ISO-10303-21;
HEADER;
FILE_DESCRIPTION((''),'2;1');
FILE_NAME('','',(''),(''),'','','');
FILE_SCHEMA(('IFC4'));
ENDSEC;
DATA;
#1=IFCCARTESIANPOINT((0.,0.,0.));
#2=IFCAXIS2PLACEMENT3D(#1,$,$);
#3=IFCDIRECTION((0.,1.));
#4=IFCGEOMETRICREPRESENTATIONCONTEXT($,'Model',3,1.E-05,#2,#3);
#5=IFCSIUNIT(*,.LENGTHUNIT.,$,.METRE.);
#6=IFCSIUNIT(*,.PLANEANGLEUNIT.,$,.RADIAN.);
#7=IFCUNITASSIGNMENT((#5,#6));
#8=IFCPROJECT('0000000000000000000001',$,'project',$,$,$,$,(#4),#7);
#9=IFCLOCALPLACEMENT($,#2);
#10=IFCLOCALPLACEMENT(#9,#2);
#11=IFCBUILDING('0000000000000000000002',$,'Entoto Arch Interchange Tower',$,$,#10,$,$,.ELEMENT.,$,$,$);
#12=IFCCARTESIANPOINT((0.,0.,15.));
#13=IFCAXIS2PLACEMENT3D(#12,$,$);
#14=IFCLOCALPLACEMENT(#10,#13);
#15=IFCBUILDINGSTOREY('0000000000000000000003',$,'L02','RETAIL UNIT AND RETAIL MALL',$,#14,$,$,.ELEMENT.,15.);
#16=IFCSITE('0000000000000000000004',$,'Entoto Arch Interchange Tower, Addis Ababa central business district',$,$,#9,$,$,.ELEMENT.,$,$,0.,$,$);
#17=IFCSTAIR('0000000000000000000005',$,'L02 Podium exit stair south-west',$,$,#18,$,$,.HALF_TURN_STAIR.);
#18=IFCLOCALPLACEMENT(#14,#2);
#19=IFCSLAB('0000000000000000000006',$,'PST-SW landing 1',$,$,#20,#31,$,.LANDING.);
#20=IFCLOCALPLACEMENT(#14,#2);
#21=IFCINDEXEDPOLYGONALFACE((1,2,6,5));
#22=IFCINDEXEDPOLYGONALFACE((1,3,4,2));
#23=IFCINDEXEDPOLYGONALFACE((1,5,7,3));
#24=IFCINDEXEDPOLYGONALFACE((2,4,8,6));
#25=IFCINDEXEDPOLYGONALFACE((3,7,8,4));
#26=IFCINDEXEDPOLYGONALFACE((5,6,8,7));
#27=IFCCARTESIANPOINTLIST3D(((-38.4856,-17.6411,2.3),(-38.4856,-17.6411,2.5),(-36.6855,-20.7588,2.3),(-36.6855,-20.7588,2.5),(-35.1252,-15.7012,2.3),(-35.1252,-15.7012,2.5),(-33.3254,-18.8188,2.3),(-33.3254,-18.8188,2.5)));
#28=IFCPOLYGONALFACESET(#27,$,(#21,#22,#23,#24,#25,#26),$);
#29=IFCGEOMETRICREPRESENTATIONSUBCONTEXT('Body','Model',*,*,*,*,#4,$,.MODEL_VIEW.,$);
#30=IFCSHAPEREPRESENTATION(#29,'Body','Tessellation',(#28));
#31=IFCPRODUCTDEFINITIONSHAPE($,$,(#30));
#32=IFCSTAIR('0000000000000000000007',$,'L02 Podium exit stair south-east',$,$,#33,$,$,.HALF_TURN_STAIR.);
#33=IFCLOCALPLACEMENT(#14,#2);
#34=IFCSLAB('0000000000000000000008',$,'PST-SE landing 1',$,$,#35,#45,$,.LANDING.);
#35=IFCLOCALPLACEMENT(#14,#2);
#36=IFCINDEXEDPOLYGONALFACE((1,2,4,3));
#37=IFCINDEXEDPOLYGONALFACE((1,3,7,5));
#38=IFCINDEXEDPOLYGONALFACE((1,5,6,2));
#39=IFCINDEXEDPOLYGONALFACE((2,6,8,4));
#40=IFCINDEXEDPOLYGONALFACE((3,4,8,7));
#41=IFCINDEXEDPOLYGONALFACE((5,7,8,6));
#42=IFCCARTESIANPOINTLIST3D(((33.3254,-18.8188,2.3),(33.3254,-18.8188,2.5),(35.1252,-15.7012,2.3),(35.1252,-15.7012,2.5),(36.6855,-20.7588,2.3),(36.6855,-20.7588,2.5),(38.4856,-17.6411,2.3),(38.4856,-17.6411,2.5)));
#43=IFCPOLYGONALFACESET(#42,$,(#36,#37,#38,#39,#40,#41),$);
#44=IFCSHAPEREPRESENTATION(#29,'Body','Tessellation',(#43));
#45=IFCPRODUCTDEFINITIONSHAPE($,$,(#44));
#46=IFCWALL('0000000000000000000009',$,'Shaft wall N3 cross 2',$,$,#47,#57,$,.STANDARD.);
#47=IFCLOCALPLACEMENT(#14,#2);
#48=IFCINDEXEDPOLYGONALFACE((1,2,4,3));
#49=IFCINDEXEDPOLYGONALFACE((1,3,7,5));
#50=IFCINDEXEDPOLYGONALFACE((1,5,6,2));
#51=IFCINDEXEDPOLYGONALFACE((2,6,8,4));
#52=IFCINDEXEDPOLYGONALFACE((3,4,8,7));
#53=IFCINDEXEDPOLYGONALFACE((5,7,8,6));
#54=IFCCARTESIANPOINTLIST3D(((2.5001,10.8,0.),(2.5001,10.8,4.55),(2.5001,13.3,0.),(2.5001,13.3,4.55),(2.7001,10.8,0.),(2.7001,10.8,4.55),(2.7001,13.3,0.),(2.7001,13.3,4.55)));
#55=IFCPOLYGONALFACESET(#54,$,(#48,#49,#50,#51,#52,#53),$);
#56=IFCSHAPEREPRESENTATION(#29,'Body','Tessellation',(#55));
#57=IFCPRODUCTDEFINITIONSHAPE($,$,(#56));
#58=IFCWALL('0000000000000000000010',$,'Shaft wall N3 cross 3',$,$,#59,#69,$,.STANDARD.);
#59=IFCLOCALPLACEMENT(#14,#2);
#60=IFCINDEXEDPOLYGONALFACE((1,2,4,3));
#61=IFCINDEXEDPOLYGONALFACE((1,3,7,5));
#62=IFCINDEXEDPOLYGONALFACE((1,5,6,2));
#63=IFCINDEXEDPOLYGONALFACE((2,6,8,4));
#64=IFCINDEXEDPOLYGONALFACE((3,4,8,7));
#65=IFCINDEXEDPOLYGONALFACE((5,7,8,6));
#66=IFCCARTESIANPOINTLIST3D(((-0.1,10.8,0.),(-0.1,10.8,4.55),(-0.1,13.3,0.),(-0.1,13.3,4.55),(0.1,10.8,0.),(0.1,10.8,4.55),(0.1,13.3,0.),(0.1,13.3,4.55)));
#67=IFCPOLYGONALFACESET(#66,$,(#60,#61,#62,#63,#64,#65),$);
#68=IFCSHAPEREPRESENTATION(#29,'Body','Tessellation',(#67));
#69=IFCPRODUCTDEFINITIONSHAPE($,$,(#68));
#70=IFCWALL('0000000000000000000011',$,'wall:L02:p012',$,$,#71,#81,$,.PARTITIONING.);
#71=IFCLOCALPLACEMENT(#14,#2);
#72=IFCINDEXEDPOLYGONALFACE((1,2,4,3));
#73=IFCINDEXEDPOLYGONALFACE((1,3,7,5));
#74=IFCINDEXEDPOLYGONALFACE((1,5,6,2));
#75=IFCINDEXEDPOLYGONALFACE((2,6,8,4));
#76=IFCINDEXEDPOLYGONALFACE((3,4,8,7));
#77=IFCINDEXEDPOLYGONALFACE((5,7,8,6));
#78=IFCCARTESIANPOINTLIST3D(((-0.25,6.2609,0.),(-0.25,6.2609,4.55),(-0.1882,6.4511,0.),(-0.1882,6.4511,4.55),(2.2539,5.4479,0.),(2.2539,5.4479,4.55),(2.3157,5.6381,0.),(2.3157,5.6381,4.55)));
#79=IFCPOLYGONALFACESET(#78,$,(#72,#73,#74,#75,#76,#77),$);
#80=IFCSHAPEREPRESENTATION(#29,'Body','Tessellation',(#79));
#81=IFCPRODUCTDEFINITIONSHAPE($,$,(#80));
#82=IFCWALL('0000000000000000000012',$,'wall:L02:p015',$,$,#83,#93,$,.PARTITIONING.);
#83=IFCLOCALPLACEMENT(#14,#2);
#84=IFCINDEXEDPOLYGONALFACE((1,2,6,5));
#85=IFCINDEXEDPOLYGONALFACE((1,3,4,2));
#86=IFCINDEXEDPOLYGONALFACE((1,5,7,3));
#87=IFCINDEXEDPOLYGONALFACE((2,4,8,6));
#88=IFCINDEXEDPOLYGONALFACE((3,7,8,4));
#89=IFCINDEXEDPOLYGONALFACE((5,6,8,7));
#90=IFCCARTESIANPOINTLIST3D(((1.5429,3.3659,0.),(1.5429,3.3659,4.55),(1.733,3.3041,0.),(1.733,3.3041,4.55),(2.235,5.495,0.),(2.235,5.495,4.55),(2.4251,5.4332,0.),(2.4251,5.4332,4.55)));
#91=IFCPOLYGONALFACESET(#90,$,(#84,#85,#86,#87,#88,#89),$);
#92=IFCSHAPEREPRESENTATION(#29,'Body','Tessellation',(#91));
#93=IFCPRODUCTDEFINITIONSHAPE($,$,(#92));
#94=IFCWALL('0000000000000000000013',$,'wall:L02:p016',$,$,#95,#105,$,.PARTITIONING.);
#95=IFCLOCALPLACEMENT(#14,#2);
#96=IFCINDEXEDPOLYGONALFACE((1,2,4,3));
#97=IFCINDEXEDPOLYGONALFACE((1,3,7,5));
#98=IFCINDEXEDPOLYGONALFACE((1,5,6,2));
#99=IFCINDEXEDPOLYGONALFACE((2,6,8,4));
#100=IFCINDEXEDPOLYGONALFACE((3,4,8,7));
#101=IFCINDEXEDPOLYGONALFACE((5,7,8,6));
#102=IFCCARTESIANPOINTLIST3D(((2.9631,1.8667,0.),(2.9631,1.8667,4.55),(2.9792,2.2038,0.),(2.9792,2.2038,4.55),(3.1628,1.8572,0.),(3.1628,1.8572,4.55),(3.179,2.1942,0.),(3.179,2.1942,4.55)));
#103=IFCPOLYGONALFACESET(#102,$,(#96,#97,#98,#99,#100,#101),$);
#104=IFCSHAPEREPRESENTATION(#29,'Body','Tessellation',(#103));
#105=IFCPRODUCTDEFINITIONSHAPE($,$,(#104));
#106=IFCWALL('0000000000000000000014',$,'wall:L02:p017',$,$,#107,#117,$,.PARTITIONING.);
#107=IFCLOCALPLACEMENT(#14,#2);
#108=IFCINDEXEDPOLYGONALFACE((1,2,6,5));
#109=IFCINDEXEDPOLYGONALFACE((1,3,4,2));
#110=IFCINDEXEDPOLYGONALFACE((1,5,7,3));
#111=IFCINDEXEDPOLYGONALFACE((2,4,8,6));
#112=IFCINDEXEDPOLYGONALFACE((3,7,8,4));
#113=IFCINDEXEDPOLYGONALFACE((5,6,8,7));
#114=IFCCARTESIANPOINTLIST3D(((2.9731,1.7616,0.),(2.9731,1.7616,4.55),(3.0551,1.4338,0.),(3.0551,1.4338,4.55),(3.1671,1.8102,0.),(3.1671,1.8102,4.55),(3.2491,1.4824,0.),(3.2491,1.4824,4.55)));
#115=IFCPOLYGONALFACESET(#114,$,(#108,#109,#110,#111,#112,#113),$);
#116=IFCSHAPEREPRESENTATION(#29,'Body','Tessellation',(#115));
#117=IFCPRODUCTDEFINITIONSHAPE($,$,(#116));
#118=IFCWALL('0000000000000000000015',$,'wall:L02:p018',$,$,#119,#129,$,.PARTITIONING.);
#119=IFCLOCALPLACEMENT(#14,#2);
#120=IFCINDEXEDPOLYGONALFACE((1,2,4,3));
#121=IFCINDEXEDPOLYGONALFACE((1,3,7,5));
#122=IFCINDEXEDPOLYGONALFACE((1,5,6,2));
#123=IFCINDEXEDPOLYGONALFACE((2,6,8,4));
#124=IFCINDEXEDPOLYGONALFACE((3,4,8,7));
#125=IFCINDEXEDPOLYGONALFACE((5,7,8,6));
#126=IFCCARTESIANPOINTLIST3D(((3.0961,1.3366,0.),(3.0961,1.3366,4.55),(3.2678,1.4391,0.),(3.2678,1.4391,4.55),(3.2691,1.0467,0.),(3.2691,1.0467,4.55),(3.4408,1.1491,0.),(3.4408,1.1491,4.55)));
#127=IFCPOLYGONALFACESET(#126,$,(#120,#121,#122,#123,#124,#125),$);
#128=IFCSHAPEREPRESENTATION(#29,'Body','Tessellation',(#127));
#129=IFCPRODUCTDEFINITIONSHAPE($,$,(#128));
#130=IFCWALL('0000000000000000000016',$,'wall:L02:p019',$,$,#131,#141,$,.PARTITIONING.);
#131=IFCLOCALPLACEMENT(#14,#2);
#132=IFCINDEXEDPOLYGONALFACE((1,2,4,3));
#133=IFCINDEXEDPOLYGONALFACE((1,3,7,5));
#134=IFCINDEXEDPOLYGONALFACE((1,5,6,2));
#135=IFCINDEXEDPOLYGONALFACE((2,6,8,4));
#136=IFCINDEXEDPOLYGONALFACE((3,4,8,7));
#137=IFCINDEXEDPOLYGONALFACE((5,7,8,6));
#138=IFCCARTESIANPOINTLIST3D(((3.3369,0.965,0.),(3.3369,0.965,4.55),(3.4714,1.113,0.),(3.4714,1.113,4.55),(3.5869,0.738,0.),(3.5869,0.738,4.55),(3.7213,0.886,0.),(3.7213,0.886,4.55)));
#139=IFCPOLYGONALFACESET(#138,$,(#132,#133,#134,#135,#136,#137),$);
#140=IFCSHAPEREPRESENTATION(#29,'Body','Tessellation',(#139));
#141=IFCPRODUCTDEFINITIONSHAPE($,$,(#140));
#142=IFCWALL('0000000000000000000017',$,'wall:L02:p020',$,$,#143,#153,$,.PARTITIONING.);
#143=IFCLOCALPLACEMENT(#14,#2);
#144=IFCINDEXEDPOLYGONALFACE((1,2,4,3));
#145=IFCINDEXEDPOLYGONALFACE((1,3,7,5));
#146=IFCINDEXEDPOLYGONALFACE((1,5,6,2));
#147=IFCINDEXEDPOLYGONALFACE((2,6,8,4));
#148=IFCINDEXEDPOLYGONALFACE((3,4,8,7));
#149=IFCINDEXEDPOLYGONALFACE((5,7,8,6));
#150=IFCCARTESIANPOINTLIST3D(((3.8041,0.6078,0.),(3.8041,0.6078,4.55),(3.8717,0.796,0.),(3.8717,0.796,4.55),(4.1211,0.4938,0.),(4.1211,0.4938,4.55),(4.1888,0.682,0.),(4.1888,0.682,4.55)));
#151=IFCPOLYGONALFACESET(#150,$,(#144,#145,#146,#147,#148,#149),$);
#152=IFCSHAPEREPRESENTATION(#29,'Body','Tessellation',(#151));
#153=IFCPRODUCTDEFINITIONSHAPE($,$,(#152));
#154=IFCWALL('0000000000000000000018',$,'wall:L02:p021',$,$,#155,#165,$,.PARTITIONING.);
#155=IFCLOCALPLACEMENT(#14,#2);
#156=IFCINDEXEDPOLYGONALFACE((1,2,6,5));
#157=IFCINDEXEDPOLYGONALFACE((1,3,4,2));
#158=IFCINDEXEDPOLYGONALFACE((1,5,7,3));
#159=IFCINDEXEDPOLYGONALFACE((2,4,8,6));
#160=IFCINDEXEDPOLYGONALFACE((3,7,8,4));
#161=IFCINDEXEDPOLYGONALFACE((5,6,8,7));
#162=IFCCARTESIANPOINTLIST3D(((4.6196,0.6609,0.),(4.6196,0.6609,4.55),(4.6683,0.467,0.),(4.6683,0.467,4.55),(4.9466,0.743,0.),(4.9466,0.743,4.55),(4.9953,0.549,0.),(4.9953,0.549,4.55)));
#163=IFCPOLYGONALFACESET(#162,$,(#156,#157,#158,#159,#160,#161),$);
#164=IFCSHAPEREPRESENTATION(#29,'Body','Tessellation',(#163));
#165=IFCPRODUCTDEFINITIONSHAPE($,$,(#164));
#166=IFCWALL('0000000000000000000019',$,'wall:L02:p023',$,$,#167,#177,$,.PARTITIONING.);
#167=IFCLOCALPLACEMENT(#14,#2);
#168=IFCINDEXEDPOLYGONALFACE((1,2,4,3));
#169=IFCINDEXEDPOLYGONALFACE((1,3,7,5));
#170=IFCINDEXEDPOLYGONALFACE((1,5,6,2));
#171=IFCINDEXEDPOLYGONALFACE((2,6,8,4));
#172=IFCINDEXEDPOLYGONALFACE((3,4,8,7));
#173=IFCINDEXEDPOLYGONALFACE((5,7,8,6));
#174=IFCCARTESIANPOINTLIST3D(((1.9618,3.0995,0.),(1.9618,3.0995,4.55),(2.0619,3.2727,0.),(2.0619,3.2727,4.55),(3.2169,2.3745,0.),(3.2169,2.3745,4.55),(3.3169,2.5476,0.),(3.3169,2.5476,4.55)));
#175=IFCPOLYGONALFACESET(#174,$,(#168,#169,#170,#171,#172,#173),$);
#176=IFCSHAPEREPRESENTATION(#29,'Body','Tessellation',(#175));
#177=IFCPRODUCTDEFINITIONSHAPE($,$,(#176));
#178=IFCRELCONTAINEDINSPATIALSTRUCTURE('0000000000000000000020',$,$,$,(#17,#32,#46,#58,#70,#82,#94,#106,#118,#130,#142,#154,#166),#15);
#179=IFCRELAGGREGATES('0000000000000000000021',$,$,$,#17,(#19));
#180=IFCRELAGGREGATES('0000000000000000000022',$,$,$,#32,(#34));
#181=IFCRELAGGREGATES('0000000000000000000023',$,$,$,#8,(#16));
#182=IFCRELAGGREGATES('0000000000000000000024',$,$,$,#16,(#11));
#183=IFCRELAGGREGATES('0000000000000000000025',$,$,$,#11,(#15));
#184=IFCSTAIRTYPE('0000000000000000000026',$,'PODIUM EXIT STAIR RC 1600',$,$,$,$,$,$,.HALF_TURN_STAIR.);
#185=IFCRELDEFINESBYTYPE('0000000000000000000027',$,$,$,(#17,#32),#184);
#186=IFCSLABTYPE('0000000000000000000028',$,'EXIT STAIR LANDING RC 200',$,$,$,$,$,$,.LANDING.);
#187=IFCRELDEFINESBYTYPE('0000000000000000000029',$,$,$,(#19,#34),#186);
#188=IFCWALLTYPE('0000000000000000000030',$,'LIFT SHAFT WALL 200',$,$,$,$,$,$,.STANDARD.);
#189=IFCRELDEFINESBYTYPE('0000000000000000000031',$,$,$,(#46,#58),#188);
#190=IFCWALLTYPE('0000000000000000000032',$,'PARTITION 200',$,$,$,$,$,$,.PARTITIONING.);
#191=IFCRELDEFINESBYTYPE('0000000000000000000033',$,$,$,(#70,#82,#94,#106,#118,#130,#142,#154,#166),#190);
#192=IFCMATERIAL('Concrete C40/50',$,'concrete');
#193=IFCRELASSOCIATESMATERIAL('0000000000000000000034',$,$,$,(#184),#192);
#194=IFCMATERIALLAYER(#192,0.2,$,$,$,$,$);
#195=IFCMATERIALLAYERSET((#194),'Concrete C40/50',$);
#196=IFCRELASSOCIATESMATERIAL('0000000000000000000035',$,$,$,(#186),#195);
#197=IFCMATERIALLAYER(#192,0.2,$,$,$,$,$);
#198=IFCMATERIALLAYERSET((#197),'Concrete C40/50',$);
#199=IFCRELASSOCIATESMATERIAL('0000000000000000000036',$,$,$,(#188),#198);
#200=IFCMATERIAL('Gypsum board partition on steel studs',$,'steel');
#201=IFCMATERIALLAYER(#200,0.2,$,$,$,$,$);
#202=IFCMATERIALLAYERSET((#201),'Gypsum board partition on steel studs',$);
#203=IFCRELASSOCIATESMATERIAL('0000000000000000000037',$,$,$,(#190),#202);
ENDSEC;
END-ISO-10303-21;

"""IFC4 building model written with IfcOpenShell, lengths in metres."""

from ifc_helpers import new_model, si_unit, direction, frame, frame_2d, origin, place, context, subcontext, project, spatial, polyline, rectangle, outline, extrude, material, layer, layer_set, type_object, element, aggregate, save


model = new_model("IFC4")

# Units and contexts
model_context = context("Model", 3, precision=1e-05, world=origin(), true_north=direction((0.0, 1.0)))
body_context = subcontext(model_context, "Body", "Model", "MODEL_VIEW")
ifc_project = project(units=[si_unit("LENGTHUNIT", "METRE"), si_unit("PLANEANGLEUNIT", "RADIAN")], contexts=[model_context])

# Site, building, storey
site_placement = place(None, origin())
site = spatial("IfcSite", under=ifc_project, at=site_placement, Name="Entoto Arch Interchange Tower, Addis Ababa central business district", CompositionType="ELEMENT", RefElevation=0.0)
building_placement = place(site_placement, origin())
building = spatial("IfcBuilding", under=site, at=building_placement, Name="Entoto Arch Interchange Tower", CompositionType="ELEMENT")
storey_placement = place(building_placement, frame((0.0, 0.0, 15.0)))
storey = spatial("IfcBuildingStorey", under=building, at=storey_placement, Name="L02", Description="RETAIL UNIT AND RETAIL MALL", CompositionType="ELEMENT", Elevation=15.0)

# Stairs, slabs
ifc_material_1 = material(Name="Concrete C40/50", Category="concrete")
stair_type = type_object("IfcStairType", Name="PODIUM EXIT STAIR RC 1600", PredefinedType="HALF_TURN_STAIR", material=ifc_material_1)
stair_1_placement = place(storey_placement, origin())
stair_1 = element("IfcStair", 1, at=stair_1_placement, inside=storey, type_object=stair_type, Name="L02 Podium exit stair south-west", PredefinedType="HALF_TURN_STAIR")
ifc_layer_1 = layer(ifc_material_1, 0.2)
ifc_layer_set_1 = layer_set([ifc_layer_1], Name="Concrete C40/50")
slab_type = type_object("IfcSlabType", Name="EXIT STAIR LANDING RC 200", PredefinedType="LANDING", material=ifc_layer_set_1)
slab_1_placement = place(storey_placement, frame((0.0, 0.0, 2.3)))
slab_1 = element("IfcSlab", 2, at=slab_1_placement, type_object=slab_type, Name="PST-SW landing 1", PredefinedType="LANDING", context=body_context, shape_type="SweptSolid", body=[
    extrude(outline(polyline([(-35.1252, -15.7012), (-38.4856, -17.6411), (-36.6855, -20.7588), (-33.3254, -18.8188), (-35.1252, -15.7012)])), origin(), (0.0, 0.0, 1.0), 0.2),
])
aggregate(stair_1, [slab_1])
stair_2_placement = place(storey_placement, origin())
stair_2 = element("IfcStair", 3, at=stair_2_placement, inside=storey, type_object=stair_type, Name="L02 Podium exit stair south-east", PredefinedType="HALF_TURN_STAIR")
slab_2_placement = place(storey_placement, frame((0.0, 0.0, 2.3)))
slab_2 = element("IfcSlab", 4, at=slab_2_placement, type_object=slab_type, Name="PST-SE landing 1", PredefinedType="LANDING", context=body_context, shape_type="SweptSolid", body=[
    extrude(outline(polyline([(33.3254, -18.8188), (36.6855, -20.7588), (38.4856, -17.6411), (35.1252, -15.7012), (33.3254, -18.8188)])), origin(), (0.0, 0.0, 1.0), 0.2),
])
aggregate(stair_2, [slab_2])

# Walls
ifc_layer_2 = layer(ifc_material_1, 0.2)
ifc_layer_set_2 = layer_set([ifc_layer_2], Name="Concrete C40/50")
wall_type_1 = type_object("IfcWallType", Name="LIFT SHAFT WALL 200", PredefinedType="STANDARD", material=ifc_layer_set_2)
for number, where, z_axis, x_axis, name in (
    (5, (2.6001, 10.8, 0.0), (0.0, 0.0, 1.0), (0.0, 1.0, 0.0), "Shaft wall N3 cross 2"),
    (6, (0.0, 10.8, 0.0), (0.0, 0.0, 1.0), (0.0, 1.0, 0.0), "Shaft wall N3 cross 3"),
):
    element("IfcWall", number, at=place(storey_placement, frame(where, z_axis=z_axis, x_axis=x_axis)), inside=storey, type_object=wall_type_1, Name=name, PredefinedType="STANDARD", context=body_context, shape_type="SweptSolid", body=[
        extrude(rectangle(XDim=2.5, YDim=0.2, at=frame_2d((1.25, 0.0))), origin(), (0.0, 0.0, 1.0), 4.55),
    ])
ifc_material_2 = material(Name="Gypsum board partition on steel studs", Category="steel")
ifc_layer_3 = layer(ifc_material_2, 0.2)
ifc_layer_set_3 = layer_set([ifc_layer_3], Name="Gypsum board partition on steel studs")
wall_type_2 = type_object("IfcWallType", Name="PARTITION 200", PredefinedType="PARTITIONING", material=ifc_layer_set_3)
wall_1_placement = place(storey_placement, frame((2.2849, 5.543, 0.0), z_axis=(0.0, 0.0, 1.0), x_axis=(-0.951121, 0.308818, 0.0)))
element("IfcWall", 7, at=wall_1_placement, inside=storey, type_object=wall_type_2, Name="wall:L02:p012", PredefinedType="PARTITIONING", context=body_context, shape_type="SweptSolid", body=[
    extrude(rectangle(XDim=2.6326, YDim=0.2, at=frame_2d((1.3164, 0.0))), origin(), (0.0, 0.0, 1.0), 4.55),
])
wall_2_placement = place(storey_placement, frame((1.6379, 3.335, 0.0), z_axis=(0.0, 0.0, 1.0), x_axis=(0.309153, 0.951012, 0.0)))
element("IfcWall", 8, at=wall_2_placement, inside=storey, type_object=wall_type_2, Name="wall:L02:p015", PredefinedType="PARTITIONING", context=body_context, shape_type="SweptSolid", body=[
    extrude(rectangle(XDim=2.2388, YDim=0.2, at=frame_2d((1.1194, 0.0))), origin(), (0.0, 0.0, 1.0), 4.55),
])
wall_3_placement = place(storey_placement, frame((3.0791, 2.199, 0.0), z_axis=(0.0, 0.0, 1.0), x_axis=(-0.047771, -0.998858, 0.0)))
element("IfcWall", 9, at=wall_3_placement, inside=storey, type_object=wall_type_2, Name="wall:L02:p016", PredefinedType="PARTITIONING", context=body_context, shape_type="SweptSolid", body=[
    extrude(rectangle(XDim=0.3374, YDim=0.2, at=frame_2d((0.1687, 0.0))), origin(), (0.0, 0.0, 1.0), 4.55),
])
wall_4_placement = place(storey_placement, frame((3.0701, 1.7859, 0.0), z_axis=(0.0, 0.0, 1.0), x_axis=(0.242706, -0.9701, 0.0)))
element("IfcWall", 10, at=wall_4_placement, inside=storey, type_object=wall_type_2, Name="wall:L02:p017", PredefinedType="PARTITIONING", context=body_context, shape_type="SweptSolid", body=[
    extrude(rectangle(XDim=0.3379, YDim=0.2, at=frame_2d((0.1689, 0.0))), origin(), (0.0, 0.0, 1.0), 4.55),
])
for number, where, z_axis, x_axis, name in (
    (11, (3.1819, 1.3879, 0.0), (0.0, 0.0, 1.0), (0.512475, -0.858702, 0.0), "wall:L02:p018"),
    (12, (3.4041, 1.0391, 0.0), (0.0, 0.0, 1.0), (0.740267, -0.672313, 0.0), "wall:L02:p019"),
):
    element("IfcWall", number, at=place(storey_placement, frame(where, z_axis=z_axis, x_axis=x_axis)), inside=storey, type_object=wall_type_2, Name=name, PredefinedType="PARTITIONING", context=body_context, shape_type="SweptSolid", body=[
        extrude(rectangle(XDim=0.3376, YDim=0.2, at=frame_2d((0.1689, 0.0))), origin(), (0.0, 0.0, 1.0), 4.55),
    ])
wall_5_placement = place(storey_placement, frame((3.8379, 0.7019, 0.0), z_axis=(0.0, 0.0, 1.0), x_axis=(0.941035, -0.338309, 0.0)))
element("IfcWall", 13, at=wall_5_placement, inside=storey, type_object=wall_type_2, Name="wall:L02:p020", PredefinedType="PARTITIONING", context=body_context, shape_type="SweptSolid", body=[
    extrude(rectangle(XDim=0.3369, YDim=0.2, at=frame_2d((0.1685, 0.0))), origin(), (0.0, 0.0, 1.0), 4.55),
])
wall_6_placement = place(storey_placement, frame((4.644, 0.564, 0.0), z_axis=(0.0, 0.0, 1.0), x_axis=(0.969929, 0.243388, 0.0)))
element("IfcWall", 14, at=wall_6_placement, inside=storey, type_object=wall_type_2, Name="wall:L02:p021", PredefinedType="PARTITIONING", context=body_context, shape_type="SweptSolid", body=[
    extrude(rectangle(XDim=0.3372, YDim=0.2, at=frame_2d((0.1685, 0.0))), origin(), (0.0, 0.0, 1.0), 4.55),
])
wall_7_placement = place(storey_placement, frame((2.012, 3.186, 0.0), z_axis=(0.0, 0.0, 1.0), x_axis=(0.865891, -0.500233, 0.0)))
element("IfcWall", 15, at=wall_7_placement, inside=storey, type_object=wall_type_2, Name="wall:L02:p023", PredefinedType="PARTITIONING", context=body_context, shape_type="SweptSolid", body=[
    extrude(rectangle(XDim=1.4495, YDim=0.2, at=frame_2d((0.7246, 0.0))), origin(), (0.0, 0.0, 1.0), 4.55),
])

save(model, "model.ifc")
